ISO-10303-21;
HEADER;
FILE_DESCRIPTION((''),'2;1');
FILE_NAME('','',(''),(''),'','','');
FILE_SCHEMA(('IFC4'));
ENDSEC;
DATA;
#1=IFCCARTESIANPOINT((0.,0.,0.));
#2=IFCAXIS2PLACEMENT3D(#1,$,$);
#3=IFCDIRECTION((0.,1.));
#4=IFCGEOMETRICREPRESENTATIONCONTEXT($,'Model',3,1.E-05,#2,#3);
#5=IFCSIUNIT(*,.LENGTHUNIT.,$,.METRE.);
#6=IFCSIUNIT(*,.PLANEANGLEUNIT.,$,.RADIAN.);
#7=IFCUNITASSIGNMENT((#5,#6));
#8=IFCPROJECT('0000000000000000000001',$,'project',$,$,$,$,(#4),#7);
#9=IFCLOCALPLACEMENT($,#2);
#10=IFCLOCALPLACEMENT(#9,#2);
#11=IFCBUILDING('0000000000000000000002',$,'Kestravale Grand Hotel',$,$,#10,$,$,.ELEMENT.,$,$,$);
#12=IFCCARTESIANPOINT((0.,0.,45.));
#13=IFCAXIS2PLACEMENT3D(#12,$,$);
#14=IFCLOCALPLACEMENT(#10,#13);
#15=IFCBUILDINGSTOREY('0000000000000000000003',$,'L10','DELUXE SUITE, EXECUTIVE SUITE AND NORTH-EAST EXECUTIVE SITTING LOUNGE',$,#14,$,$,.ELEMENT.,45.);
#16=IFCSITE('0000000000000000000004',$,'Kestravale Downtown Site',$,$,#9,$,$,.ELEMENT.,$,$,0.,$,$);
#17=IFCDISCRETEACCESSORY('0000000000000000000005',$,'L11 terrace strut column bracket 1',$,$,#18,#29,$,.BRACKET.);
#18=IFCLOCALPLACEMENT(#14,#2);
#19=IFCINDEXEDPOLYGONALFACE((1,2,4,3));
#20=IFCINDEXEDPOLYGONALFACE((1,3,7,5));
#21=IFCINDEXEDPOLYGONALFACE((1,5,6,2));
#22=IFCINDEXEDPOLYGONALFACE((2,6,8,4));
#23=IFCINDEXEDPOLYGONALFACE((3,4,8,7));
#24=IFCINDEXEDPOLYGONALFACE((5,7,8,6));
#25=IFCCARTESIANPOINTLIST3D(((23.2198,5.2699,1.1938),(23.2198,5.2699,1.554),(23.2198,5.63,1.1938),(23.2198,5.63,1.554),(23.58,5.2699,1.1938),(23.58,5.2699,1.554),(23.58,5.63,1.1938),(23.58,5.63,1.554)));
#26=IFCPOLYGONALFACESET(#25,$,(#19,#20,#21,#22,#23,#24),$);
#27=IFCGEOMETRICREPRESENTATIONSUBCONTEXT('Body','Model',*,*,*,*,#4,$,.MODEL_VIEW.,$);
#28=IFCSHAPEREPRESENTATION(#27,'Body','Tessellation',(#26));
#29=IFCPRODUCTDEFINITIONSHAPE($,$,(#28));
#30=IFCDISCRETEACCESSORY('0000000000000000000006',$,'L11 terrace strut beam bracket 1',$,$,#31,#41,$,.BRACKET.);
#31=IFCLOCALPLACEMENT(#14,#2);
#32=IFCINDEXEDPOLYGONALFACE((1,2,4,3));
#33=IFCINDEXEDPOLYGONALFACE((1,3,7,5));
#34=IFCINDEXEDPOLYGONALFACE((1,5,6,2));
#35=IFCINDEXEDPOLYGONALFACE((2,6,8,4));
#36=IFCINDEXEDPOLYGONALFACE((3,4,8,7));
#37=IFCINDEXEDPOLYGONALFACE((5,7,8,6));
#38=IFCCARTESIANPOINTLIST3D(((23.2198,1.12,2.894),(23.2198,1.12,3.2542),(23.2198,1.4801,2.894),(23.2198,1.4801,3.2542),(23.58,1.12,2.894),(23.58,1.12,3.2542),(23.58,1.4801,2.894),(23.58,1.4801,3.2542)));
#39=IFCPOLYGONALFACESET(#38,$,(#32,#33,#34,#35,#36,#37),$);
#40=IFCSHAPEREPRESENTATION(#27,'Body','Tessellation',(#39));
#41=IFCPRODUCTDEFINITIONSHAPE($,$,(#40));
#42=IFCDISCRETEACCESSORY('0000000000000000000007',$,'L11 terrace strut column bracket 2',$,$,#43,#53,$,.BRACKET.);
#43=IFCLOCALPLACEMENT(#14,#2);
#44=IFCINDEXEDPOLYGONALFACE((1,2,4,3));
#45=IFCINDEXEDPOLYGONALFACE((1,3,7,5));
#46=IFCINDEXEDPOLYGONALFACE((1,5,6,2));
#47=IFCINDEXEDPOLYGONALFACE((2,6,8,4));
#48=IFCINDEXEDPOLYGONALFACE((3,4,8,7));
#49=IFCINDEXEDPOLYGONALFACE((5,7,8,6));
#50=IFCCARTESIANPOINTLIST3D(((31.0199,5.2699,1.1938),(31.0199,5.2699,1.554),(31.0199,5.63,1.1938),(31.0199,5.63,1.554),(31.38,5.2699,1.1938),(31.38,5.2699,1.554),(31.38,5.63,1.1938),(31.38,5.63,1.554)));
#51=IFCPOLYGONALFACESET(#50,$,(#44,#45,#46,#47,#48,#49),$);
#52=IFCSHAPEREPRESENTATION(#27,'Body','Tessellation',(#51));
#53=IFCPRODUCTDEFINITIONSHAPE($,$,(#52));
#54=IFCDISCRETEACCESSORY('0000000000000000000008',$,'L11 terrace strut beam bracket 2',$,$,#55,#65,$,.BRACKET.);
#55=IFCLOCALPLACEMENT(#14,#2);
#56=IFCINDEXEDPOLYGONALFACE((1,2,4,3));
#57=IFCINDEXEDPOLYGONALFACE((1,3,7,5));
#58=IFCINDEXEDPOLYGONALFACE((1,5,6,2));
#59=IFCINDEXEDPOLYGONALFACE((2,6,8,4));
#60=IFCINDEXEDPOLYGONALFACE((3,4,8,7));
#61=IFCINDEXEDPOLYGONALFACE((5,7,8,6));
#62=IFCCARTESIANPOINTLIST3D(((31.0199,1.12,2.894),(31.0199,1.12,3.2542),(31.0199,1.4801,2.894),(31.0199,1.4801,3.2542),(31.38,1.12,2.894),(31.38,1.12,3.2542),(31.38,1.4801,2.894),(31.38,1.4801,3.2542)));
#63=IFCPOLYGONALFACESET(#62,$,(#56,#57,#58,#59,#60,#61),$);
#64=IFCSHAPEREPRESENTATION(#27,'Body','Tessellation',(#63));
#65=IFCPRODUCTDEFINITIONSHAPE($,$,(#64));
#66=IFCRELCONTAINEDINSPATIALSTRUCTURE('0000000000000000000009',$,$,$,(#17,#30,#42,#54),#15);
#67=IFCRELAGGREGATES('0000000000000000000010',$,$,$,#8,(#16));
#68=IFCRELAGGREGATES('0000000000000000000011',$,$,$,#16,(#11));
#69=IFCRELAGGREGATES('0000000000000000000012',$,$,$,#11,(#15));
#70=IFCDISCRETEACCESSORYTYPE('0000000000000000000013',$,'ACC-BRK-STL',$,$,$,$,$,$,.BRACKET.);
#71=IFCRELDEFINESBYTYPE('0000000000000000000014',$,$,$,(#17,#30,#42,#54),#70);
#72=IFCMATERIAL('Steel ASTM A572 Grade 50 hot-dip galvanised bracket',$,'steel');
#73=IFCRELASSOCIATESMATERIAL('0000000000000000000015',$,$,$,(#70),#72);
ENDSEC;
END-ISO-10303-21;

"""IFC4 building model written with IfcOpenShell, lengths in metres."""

from ifc_helpers import new_model, si_unit, direction, frame, origin, origin_2d, place, context, subcontext, project, spatial, rectangle, extrude, material, type_object, element, save


model = new_model("IFC4")

# Units and contexts
model_context = context("Model", 3, precision=1e-05, world=origin(), true_north=direction((0.0, 1.0)))
body_context = subcontext(model_context, "Body", "Model", "MODEL_VIEW")
ifc_project = project(units=[si_unit("LENGTHUNIT", "METRE"), si_unit("PLANEANGLEUNIT", "RADIAN")], contexts=[model_context])

# Site, building, storey
site_placement = place(None, origin())
site = spatial("IfcSite", under=ifc_project, at=site_placement, Name="Kestravale Downtown Site", CompositionType="ELEMENT", RefElevation=0.0)
building_placement = place(site_placement, origin())
building = spatial("IfcBuilding", under=site, at=building_placement, Name="Kestravale Grand Hotel", CompositionType="ELEMENT")
storey_placement = place(building_placement, frame((0.0, 0.0, 45.0)))
storey = spatial("IfcBuildingStorey", under=building, at=storey_placement, Name="L10", Description="DELUXE SUITE, EXECUTIVE SUITE AND NORTH-EAST EXECUTIVE SITTING LOUNGE", CompositionType="ELEMENT", Elevation=45.0)

# Discrete accessories
ifc_material_1 = material(Name="Steel ASTM A572 Grade 50 hot-dip galvanised bracket", Category="steel")
discrete_accessory_type = type_object("IfcDiscreteAccessoryType", Name="ACC-BRK-STL", PredefinedType="BRACKET", material=ifc_material_1)
for number, where, z_axis, x_axis, name in (
    (1, (23.3999, 5.45, 1.1938), (0.0, 0.0, 1.0), (1.0, 0.0, 0.0), "L11 terrace strut column bracket 1"),
    (2, (23.3999, 1.3, 2.894), (0.0, 0.0, 1.0), (1.0, 0.0, 0.0), "L11 terrace strut beam bracket 1"),
    (3, (31.2, 5.45, 1.1938), (0.0, 0.0, 1.0), (1.0, 0.0, 0.0), "L11 terrace strut column bracket 2"),
    (4, (31.2, 1.3, 2.894), (0.0, 0.0, 1.0), (1.0, 0.0, 0.0), "L11 terrace strut beam bracket 2"),
):
    element("IfcDiscreteAccessory", number, at=place(storey_placement, frame(where, z_axis=z_axis, x_axis=x_axis)), inside=storey, type_object=discrete_accessory_type, Name=name, PredefinedType="BRACKET", context=body_context, shape_type="SweptSolid", body=[
        extrude(rectangle(XDim=0.3601, YDim=0.3601, at=origin_2d()), origin(), (0.0, 0.0, 1.0), 0.3601),
    ])

save(model, "model.ifc")
